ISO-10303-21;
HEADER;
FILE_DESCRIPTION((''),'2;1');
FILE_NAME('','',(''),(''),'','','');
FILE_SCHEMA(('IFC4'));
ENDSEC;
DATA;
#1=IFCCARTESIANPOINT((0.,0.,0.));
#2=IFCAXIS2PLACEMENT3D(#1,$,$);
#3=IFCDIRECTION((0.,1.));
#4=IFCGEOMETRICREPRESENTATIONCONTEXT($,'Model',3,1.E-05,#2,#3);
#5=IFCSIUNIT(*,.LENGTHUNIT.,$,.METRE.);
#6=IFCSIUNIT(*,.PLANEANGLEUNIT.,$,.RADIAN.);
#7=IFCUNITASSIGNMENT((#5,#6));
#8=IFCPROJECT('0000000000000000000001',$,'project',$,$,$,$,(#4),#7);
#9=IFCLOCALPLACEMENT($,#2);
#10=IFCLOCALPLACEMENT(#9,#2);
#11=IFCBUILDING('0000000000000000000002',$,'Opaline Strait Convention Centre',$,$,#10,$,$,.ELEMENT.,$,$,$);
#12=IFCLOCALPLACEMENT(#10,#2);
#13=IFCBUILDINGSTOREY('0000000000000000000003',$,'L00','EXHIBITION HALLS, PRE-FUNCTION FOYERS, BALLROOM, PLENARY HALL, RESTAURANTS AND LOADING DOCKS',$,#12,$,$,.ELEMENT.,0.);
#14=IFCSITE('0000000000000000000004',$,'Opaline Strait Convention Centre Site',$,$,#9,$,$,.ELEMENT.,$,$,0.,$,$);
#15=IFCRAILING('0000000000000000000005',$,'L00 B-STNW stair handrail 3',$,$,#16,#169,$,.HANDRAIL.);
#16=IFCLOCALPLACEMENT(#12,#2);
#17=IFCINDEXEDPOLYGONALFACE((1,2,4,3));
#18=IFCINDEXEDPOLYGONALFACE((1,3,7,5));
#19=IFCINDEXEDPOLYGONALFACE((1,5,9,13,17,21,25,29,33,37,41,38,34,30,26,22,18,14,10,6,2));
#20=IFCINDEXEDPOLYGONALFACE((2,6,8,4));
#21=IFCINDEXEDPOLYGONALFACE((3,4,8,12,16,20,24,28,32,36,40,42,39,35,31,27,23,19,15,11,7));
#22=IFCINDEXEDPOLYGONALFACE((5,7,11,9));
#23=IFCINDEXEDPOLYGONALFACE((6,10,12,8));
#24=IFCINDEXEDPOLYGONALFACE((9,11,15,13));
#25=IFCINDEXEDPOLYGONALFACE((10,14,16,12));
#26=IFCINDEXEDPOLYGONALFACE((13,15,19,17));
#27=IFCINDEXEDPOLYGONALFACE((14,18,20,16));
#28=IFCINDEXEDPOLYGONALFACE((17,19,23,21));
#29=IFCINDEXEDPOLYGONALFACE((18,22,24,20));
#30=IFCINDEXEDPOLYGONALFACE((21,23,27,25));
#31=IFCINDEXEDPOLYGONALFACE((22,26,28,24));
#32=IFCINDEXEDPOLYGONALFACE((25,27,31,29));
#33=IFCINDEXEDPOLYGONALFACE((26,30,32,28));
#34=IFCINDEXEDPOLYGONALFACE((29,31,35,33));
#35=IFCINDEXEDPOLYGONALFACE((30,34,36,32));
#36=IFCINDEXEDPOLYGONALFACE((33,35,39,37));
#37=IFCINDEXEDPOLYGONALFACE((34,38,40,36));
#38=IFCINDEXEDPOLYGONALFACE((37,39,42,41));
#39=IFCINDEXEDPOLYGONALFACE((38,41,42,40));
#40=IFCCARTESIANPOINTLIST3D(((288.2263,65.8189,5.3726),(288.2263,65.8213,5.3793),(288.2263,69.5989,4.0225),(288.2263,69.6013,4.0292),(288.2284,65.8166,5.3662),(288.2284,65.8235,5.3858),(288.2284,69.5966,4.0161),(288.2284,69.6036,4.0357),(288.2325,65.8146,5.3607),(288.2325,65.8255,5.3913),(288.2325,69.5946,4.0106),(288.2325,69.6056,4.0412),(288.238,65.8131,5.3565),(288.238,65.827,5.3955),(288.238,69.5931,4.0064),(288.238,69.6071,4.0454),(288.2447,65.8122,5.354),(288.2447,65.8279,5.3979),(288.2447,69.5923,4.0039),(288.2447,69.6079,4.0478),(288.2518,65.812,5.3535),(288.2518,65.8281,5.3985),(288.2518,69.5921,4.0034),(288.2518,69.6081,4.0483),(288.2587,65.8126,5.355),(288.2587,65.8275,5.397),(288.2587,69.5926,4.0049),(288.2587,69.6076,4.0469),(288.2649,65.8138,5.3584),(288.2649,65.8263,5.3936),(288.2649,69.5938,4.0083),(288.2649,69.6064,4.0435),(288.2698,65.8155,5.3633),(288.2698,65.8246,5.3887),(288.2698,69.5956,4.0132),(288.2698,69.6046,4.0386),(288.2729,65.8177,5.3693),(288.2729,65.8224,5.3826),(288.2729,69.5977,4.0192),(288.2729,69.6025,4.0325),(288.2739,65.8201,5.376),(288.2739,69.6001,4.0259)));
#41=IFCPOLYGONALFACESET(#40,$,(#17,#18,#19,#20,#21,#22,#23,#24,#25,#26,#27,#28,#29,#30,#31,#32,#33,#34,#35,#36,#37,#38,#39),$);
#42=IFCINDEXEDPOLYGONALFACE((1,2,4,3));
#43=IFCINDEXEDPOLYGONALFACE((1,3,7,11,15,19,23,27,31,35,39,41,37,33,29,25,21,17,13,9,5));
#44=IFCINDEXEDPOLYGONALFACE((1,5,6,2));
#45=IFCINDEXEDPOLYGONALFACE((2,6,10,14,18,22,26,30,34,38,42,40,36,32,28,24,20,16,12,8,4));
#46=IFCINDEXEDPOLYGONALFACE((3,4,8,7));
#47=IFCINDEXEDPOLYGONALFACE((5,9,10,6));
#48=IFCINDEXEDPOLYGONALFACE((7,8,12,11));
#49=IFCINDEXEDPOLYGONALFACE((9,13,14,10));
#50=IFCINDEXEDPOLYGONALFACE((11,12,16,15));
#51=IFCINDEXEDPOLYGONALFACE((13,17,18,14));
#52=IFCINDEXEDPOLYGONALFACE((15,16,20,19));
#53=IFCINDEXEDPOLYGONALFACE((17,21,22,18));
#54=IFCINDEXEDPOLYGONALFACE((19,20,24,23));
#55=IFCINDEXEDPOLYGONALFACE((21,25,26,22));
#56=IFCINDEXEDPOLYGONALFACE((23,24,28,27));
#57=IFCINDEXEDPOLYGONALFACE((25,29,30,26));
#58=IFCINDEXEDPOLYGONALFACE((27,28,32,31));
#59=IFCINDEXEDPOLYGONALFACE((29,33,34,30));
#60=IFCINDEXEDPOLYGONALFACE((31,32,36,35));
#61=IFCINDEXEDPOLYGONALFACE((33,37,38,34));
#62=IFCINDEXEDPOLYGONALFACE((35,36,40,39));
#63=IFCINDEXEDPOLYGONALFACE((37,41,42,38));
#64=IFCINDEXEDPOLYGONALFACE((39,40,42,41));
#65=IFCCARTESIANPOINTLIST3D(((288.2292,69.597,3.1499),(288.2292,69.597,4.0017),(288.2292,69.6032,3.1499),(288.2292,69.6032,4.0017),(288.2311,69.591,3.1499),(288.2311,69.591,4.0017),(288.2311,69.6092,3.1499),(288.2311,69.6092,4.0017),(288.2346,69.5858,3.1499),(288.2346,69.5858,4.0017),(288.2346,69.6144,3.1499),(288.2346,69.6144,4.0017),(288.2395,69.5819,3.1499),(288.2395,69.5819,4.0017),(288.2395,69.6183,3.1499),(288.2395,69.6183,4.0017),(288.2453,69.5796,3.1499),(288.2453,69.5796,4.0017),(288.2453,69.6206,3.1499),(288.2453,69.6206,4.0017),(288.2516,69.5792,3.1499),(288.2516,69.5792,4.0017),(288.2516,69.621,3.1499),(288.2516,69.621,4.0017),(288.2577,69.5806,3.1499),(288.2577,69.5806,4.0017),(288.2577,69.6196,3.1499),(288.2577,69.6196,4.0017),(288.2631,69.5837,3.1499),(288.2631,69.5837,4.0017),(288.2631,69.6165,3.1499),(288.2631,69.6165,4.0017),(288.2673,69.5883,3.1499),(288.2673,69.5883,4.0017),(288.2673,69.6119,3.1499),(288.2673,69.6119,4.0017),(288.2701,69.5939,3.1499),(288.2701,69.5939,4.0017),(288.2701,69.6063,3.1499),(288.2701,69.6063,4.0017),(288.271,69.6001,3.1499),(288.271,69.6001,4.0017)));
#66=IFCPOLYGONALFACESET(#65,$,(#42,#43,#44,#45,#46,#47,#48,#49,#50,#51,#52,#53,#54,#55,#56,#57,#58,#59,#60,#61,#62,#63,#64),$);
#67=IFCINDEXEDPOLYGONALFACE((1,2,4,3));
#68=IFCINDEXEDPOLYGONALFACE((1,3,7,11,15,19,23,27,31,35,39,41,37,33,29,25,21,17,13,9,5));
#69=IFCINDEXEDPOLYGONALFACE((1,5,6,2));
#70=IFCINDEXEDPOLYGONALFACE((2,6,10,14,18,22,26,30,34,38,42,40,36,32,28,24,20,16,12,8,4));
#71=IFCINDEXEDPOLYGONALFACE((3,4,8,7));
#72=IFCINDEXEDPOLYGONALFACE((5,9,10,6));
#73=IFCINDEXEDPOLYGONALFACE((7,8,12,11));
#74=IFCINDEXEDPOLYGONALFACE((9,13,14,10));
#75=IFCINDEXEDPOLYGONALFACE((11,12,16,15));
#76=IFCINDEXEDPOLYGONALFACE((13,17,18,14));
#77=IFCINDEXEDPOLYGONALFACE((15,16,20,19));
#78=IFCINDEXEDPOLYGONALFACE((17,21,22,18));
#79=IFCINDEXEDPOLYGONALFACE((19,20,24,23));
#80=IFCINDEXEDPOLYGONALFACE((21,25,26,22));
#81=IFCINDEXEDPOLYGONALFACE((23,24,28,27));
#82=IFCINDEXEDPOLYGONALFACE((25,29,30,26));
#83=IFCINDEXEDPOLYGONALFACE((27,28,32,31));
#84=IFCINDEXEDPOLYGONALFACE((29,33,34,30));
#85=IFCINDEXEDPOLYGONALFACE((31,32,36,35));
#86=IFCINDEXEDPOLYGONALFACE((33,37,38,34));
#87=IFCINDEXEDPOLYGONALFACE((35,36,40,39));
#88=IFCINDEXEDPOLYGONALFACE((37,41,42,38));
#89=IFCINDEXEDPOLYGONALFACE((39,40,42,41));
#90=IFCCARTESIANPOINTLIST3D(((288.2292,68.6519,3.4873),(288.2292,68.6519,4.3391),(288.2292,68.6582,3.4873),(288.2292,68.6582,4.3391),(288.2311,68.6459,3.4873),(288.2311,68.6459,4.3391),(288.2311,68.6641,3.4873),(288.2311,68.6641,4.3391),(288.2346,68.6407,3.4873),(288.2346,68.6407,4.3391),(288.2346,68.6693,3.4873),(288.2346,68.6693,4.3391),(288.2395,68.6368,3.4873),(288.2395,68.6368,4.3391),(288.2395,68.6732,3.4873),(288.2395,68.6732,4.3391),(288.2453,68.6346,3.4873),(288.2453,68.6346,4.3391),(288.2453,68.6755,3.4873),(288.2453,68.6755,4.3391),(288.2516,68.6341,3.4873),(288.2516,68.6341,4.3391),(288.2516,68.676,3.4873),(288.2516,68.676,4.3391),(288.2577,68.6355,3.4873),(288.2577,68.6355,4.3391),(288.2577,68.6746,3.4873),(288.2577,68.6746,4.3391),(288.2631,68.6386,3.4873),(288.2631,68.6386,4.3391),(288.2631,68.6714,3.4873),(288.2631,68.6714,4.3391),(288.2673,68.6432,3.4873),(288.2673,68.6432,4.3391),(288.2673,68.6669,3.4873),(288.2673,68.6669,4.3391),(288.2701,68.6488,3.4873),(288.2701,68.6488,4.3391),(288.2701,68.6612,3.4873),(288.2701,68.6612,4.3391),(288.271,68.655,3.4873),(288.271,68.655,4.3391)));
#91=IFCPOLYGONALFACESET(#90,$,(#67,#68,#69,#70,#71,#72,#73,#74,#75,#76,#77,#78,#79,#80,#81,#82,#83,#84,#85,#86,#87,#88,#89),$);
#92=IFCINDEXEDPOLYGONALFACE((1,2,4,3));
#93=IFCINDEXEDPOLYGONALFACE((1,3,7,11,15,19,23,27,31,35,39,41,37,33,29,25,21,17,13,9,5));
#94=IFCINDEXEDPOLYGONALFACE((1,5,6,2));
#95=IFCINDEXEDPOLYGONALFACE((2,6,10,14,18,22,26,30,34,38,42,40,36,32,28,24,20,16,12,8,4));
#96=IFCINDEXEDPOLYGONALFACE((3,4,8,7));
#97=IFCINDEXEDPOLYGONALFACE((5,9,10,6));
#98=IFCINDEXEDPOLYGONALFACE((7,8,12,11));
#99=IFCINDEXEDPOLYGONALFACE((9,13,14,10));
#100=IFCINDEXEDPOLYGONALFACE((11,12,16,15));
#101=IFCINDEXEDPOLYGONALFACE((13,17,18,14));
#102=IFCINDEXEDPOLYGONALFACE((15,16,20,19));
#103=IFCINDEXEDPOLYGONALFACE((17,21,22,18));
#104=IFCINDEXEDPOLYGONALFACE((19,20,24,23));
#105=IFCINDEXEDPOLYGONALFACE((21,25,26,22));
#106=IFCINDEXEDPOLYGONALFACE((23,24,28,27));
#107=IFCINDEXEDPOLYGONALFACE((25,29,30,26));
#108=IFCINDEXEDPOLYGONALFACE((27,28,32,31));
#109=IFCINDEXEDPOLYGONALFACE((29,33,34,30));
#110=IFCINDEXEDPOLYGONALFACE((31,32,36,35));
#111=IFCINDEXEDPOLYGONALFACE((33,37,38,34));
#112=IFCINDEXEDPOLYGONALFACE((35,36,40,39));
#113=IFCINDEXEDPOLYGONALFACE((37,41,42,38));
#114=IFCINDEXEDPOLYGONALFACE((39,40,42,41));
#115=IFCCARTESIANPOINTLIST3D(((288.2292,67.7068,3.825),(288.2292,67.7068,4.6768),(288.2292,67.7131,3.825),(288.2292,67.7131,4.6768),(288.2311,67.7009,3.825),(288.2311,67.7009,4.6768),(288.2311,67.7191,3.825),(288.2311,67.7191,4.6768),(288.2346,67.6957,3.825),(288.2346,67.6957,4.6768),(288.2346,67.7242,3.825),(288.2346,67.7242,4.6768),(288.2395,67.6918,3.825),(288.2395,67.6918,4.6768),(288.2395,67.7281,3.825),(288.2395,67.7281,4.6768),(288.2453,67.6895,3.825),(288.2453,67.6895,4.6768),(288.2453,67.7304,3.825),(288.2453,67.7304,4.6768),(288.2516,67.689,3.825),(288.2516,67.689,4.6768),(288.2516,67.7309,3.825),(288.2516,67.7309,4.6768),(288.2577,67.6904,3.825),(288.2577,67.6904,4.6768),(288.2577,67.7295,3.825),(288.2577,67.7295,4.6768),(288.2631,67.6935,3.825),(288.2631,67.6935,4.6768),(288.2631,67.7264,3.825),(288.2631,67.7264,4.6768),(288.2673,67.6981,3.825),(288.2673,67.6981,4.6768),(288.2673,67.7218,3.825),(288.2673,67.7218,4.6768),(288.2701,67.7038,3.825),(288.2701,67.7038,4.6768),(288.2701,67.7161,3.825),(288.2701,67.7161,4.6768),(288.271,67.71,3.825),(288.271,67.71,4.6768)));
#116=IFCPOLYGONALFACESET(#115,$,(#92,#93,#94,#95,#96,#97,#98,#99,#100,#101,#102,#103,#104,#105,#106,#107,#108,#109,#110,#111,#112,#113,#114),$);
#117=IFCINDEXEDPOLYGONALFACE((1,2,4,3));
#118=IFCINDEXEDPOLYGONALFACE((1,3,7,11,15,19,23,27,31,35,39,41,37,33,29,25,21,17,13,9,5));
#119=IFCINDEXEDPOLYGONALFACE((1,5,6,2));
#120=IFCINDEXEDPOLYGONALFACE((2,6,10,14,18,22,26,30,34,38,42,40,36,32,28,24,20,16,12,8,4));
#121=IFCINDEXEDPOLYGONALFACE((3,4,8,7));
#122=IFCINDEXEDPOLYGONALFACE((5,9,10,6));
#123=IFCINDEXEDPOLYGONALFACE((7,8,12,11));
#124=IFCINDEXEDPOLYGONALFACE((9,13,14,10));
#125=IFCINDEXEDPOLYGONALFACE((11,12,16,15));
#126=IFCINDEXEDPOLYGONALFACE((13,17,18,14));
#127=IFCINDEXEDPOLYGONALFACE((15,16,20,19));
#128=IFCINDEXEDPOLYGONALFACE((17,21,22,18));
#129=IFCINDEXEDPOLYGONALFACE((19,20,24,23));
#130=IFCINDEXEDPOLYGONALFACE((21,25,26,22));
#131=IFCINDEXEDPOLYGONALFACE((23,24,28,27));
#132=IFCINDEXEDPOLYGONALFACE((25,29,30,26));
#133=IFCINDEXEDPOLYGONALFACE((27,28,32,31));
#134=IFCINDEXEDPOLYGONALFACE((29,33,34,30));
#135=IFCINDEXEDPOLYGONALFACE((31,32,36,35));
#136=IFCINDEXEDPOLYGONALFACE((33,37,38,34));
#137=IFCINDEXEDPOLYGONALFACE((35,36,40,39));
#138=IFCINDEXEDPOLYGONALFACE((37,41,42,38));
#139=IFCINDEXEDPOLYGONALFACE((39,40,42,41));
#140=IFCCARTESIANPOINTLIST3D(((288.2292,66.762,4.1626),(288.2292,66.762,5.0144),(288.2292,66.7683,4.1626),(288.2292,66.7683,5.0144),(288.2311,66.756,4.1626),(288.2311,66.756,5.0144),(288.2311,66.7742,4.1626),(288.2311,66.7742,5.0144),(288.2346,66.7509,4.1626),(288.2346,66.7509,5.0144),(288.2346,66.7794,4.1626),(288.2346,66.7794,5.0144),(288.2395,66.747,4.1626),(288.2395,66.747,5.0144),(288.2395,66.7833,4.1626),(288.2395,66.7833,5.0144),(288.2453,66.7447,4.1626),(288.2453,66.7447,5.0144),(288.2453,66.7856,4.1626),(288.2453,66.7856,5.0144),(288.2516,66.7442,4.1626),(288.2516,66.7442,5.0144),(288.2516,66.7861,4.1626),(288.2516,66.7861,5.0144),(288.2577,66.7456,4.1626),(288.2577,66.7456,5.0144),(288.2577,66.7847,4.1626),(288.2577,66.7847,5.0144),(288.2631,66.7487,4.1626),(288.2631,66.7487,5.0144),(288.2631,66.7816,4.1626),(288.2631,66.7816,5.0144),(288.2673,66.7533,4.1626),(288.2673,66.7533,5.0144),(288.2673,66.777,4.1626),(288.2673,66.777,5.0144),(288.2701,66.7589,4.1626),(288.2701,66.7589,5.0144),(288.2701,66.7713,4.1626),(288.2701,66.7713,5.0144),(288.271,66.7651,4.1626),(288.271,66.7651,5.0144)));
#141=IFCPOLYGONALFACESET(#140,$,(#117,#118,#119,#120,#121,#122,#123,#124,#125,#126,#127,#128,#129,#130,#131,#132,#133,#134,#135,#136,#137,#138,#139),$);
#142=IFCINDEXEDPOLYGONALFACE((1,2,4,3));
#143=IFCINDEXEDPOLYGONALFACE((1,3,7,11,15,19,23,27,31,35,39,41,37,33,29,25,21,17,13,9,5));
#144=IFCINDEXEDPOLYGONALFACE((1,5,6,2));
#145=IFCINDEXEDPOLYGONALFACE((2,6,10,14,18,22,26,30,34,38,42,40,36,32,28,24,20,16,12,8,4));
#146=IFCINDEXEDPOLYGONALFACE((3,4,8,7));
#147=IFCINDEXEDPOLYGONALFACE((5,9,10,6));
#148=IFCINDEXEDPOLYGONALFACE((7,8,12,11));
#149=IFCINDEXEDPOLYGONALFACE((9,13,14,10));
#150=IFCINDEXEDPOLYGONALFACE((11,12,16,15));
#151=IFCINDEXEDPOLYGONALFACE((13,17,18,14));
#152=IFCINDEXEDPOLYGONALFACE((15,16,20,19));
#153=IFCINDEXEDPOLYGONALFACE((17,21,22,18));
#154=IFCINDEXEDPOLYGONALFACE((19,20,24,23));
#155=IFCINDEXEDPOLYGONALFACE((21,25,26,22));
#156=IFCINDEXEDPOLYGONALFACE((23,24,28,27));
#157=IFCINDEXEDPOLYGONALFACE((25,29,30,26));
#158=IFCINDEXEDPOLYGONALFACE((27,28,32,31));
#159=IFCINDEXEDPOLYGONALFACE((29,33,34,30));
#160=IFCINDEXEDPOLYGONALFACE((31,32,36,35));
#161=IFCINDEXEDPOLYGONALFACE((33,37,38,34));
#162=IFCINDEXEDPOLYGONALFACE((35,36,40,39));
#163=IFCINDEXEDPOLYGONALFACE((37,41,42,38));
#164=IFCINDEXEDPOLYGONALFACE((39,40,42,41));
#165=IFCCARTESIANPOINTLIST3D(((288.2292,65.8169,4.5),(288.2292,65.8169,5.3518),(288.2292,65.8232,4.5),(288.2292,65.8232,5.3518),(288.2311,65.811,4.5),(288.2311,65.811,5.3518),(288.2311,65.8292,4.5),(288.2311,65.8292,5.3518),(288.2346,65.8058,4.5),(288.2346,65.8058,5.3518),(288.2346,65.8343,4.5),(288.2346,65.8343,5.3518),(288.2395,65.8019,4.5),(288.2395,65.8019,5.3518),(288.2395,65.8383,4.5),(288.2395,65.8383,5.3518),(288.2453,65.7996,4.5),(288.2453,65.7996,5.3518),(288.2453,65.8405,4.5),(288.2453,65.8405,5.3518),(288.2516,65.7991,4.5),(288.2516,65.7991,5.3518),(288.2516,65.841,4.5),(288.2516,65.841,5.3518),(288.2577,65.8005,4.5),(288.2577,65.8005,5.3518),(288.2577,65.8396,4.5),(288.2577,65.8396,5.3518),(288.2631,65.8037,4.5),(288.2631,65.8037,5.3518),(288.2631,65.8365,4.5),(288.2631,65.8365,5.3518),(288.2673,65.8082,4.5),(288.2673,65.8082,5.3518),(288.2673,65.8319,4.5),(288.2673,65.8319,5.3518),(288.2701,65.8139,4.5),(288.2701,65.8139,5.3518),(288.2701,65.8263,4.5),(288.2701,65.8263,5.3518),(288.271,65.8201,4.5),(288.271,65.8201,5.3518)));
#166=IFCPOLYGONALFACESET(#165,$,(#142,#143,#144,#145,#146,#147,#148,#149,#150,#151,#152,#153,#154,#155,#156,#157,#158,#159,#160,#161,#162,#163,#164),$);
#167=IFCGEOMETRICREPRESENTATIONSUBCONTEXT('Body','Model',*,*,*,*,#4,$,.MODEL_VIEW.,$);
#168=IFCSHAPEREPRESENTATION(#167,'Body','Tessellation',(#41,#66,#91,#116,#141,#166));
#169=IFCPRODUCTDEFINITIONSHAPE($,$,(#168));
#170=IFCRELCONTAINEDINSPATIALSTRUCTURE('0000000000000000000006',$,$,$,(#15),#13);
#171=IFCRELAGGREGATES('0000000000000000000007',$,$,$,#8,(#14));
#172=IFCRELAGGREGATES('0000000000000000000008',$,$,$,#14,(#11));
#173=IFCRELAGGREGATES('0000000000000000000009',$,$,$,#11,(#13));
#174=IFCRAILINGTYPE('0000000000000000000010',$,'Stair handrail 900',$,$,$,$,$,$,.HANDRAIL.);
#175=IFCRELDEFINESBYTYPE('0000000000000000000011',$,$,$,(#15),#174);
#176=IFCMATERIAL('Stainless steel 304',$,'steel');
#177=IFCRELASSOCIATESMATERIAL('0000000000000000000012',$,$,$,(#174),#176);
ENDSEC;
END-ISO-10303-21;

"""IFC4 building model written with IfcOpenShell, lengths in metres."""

from ifc_helpers import new_model, si_unit, direction, frame, origin, origin_2d, place, context, subcontext, project, spatial, circle, extrude, material, type_object, element, save


model = new_model("IFC4")

# Units and contexts
model_context = context("Model", 3, precision=1e-05, world=origin(), true_north=direction((0.0, 1.0)))
body_context = subcontext(model_context, "Body", "Model", "MODEL_VIEW")
ifc_project = project(units=[si_unit("LENGTHUNIT", "METRE"), si_unit("PLANEANGLEUNIT", "RADIAN")], contexts=[model_context])

# Site, building, storey
site_placement = place(None, origin())
site = spatial("IfcSite", under=ifc_project, at=site_placement, Name="Opaline Strait Convention Centre Site", CompositionType="ELEMENT", RefElevation=0.0)
building_placement = place(site_placement, origin())
building = spatial("IfcBuilding", under=site, at=building_placement, Name="Opaline Strait Convention Centre", CompositionType="ELEMENT")
storey_placement = place(building_placement, origin())
storey = spatial("IfcBuildingStorey", under=building, at=storey_placement, Name="L00", Description="EXHIBITION HALLS, PRE-FUNCTION FOYERS, BALLROOM, PLENARY HALL, RESTAURANTS AND LOADING DOCKS", CompositionType="ELEMENT", Elevation=0.0)

# Railing
ifc_material_1 = material(Name="Stainless steel 304", Category="steel")
railing_type_1 = type_object("IfcRailingType", Name="Stair handrail 900", PredefinedType="HANDRAIL", material=ifc_material_1)
railing_1_placement = place(storey_placement, frame((288.25, 69.6001, 3.1499)))
element("IfcRailing", 1, at=railing_1_placement, inside=storey, type_object=railing_type_1, Name="L00 B-STNW stair handrail 3", PredefinedType="HANDRAIL", context=body_context, shape_type="SweptSolid", body=[
    extrude(circle(Radius=0.0239, at=origin_2d()), frame((0.0, 0.0, 0.876), z_axis=(0.0, -0.941735, 0.336356), x_axis=(1.0, 0.0, 0.0)), (0.0, 0.0, 1.0), 4.0139),
    extrude(circle(Radius=0.021, at=origin_2d()), origin(), (0.0, 0.0, 1.0), 0.8518),
    extrude(circle(Radius=0.021, at=origin_2d()), frame((0.0, -0.9451, 0.3374)), (0.0, 0.0, 1.0), 0.8518),
    extrude(circle(Radius=0.021, at=origin_2d()), frame((0.0, -1.8901, 0.675)), (0.0, 0.0, 1.0), 0.8518),
    extrude(circle(Radius=0.021, at=origin_2d()), frame((0.0, -2.835, 1.0127)), (0.0, 0.0, 1.0), 0.8518),
    extrude(circle(Radius=0.021, at=origin_2d()), frame((0.0, -3.78, 1.3501)), (0.0, 0.0, 1.0), 0.8518),
])

save(model, "model.ifc")
